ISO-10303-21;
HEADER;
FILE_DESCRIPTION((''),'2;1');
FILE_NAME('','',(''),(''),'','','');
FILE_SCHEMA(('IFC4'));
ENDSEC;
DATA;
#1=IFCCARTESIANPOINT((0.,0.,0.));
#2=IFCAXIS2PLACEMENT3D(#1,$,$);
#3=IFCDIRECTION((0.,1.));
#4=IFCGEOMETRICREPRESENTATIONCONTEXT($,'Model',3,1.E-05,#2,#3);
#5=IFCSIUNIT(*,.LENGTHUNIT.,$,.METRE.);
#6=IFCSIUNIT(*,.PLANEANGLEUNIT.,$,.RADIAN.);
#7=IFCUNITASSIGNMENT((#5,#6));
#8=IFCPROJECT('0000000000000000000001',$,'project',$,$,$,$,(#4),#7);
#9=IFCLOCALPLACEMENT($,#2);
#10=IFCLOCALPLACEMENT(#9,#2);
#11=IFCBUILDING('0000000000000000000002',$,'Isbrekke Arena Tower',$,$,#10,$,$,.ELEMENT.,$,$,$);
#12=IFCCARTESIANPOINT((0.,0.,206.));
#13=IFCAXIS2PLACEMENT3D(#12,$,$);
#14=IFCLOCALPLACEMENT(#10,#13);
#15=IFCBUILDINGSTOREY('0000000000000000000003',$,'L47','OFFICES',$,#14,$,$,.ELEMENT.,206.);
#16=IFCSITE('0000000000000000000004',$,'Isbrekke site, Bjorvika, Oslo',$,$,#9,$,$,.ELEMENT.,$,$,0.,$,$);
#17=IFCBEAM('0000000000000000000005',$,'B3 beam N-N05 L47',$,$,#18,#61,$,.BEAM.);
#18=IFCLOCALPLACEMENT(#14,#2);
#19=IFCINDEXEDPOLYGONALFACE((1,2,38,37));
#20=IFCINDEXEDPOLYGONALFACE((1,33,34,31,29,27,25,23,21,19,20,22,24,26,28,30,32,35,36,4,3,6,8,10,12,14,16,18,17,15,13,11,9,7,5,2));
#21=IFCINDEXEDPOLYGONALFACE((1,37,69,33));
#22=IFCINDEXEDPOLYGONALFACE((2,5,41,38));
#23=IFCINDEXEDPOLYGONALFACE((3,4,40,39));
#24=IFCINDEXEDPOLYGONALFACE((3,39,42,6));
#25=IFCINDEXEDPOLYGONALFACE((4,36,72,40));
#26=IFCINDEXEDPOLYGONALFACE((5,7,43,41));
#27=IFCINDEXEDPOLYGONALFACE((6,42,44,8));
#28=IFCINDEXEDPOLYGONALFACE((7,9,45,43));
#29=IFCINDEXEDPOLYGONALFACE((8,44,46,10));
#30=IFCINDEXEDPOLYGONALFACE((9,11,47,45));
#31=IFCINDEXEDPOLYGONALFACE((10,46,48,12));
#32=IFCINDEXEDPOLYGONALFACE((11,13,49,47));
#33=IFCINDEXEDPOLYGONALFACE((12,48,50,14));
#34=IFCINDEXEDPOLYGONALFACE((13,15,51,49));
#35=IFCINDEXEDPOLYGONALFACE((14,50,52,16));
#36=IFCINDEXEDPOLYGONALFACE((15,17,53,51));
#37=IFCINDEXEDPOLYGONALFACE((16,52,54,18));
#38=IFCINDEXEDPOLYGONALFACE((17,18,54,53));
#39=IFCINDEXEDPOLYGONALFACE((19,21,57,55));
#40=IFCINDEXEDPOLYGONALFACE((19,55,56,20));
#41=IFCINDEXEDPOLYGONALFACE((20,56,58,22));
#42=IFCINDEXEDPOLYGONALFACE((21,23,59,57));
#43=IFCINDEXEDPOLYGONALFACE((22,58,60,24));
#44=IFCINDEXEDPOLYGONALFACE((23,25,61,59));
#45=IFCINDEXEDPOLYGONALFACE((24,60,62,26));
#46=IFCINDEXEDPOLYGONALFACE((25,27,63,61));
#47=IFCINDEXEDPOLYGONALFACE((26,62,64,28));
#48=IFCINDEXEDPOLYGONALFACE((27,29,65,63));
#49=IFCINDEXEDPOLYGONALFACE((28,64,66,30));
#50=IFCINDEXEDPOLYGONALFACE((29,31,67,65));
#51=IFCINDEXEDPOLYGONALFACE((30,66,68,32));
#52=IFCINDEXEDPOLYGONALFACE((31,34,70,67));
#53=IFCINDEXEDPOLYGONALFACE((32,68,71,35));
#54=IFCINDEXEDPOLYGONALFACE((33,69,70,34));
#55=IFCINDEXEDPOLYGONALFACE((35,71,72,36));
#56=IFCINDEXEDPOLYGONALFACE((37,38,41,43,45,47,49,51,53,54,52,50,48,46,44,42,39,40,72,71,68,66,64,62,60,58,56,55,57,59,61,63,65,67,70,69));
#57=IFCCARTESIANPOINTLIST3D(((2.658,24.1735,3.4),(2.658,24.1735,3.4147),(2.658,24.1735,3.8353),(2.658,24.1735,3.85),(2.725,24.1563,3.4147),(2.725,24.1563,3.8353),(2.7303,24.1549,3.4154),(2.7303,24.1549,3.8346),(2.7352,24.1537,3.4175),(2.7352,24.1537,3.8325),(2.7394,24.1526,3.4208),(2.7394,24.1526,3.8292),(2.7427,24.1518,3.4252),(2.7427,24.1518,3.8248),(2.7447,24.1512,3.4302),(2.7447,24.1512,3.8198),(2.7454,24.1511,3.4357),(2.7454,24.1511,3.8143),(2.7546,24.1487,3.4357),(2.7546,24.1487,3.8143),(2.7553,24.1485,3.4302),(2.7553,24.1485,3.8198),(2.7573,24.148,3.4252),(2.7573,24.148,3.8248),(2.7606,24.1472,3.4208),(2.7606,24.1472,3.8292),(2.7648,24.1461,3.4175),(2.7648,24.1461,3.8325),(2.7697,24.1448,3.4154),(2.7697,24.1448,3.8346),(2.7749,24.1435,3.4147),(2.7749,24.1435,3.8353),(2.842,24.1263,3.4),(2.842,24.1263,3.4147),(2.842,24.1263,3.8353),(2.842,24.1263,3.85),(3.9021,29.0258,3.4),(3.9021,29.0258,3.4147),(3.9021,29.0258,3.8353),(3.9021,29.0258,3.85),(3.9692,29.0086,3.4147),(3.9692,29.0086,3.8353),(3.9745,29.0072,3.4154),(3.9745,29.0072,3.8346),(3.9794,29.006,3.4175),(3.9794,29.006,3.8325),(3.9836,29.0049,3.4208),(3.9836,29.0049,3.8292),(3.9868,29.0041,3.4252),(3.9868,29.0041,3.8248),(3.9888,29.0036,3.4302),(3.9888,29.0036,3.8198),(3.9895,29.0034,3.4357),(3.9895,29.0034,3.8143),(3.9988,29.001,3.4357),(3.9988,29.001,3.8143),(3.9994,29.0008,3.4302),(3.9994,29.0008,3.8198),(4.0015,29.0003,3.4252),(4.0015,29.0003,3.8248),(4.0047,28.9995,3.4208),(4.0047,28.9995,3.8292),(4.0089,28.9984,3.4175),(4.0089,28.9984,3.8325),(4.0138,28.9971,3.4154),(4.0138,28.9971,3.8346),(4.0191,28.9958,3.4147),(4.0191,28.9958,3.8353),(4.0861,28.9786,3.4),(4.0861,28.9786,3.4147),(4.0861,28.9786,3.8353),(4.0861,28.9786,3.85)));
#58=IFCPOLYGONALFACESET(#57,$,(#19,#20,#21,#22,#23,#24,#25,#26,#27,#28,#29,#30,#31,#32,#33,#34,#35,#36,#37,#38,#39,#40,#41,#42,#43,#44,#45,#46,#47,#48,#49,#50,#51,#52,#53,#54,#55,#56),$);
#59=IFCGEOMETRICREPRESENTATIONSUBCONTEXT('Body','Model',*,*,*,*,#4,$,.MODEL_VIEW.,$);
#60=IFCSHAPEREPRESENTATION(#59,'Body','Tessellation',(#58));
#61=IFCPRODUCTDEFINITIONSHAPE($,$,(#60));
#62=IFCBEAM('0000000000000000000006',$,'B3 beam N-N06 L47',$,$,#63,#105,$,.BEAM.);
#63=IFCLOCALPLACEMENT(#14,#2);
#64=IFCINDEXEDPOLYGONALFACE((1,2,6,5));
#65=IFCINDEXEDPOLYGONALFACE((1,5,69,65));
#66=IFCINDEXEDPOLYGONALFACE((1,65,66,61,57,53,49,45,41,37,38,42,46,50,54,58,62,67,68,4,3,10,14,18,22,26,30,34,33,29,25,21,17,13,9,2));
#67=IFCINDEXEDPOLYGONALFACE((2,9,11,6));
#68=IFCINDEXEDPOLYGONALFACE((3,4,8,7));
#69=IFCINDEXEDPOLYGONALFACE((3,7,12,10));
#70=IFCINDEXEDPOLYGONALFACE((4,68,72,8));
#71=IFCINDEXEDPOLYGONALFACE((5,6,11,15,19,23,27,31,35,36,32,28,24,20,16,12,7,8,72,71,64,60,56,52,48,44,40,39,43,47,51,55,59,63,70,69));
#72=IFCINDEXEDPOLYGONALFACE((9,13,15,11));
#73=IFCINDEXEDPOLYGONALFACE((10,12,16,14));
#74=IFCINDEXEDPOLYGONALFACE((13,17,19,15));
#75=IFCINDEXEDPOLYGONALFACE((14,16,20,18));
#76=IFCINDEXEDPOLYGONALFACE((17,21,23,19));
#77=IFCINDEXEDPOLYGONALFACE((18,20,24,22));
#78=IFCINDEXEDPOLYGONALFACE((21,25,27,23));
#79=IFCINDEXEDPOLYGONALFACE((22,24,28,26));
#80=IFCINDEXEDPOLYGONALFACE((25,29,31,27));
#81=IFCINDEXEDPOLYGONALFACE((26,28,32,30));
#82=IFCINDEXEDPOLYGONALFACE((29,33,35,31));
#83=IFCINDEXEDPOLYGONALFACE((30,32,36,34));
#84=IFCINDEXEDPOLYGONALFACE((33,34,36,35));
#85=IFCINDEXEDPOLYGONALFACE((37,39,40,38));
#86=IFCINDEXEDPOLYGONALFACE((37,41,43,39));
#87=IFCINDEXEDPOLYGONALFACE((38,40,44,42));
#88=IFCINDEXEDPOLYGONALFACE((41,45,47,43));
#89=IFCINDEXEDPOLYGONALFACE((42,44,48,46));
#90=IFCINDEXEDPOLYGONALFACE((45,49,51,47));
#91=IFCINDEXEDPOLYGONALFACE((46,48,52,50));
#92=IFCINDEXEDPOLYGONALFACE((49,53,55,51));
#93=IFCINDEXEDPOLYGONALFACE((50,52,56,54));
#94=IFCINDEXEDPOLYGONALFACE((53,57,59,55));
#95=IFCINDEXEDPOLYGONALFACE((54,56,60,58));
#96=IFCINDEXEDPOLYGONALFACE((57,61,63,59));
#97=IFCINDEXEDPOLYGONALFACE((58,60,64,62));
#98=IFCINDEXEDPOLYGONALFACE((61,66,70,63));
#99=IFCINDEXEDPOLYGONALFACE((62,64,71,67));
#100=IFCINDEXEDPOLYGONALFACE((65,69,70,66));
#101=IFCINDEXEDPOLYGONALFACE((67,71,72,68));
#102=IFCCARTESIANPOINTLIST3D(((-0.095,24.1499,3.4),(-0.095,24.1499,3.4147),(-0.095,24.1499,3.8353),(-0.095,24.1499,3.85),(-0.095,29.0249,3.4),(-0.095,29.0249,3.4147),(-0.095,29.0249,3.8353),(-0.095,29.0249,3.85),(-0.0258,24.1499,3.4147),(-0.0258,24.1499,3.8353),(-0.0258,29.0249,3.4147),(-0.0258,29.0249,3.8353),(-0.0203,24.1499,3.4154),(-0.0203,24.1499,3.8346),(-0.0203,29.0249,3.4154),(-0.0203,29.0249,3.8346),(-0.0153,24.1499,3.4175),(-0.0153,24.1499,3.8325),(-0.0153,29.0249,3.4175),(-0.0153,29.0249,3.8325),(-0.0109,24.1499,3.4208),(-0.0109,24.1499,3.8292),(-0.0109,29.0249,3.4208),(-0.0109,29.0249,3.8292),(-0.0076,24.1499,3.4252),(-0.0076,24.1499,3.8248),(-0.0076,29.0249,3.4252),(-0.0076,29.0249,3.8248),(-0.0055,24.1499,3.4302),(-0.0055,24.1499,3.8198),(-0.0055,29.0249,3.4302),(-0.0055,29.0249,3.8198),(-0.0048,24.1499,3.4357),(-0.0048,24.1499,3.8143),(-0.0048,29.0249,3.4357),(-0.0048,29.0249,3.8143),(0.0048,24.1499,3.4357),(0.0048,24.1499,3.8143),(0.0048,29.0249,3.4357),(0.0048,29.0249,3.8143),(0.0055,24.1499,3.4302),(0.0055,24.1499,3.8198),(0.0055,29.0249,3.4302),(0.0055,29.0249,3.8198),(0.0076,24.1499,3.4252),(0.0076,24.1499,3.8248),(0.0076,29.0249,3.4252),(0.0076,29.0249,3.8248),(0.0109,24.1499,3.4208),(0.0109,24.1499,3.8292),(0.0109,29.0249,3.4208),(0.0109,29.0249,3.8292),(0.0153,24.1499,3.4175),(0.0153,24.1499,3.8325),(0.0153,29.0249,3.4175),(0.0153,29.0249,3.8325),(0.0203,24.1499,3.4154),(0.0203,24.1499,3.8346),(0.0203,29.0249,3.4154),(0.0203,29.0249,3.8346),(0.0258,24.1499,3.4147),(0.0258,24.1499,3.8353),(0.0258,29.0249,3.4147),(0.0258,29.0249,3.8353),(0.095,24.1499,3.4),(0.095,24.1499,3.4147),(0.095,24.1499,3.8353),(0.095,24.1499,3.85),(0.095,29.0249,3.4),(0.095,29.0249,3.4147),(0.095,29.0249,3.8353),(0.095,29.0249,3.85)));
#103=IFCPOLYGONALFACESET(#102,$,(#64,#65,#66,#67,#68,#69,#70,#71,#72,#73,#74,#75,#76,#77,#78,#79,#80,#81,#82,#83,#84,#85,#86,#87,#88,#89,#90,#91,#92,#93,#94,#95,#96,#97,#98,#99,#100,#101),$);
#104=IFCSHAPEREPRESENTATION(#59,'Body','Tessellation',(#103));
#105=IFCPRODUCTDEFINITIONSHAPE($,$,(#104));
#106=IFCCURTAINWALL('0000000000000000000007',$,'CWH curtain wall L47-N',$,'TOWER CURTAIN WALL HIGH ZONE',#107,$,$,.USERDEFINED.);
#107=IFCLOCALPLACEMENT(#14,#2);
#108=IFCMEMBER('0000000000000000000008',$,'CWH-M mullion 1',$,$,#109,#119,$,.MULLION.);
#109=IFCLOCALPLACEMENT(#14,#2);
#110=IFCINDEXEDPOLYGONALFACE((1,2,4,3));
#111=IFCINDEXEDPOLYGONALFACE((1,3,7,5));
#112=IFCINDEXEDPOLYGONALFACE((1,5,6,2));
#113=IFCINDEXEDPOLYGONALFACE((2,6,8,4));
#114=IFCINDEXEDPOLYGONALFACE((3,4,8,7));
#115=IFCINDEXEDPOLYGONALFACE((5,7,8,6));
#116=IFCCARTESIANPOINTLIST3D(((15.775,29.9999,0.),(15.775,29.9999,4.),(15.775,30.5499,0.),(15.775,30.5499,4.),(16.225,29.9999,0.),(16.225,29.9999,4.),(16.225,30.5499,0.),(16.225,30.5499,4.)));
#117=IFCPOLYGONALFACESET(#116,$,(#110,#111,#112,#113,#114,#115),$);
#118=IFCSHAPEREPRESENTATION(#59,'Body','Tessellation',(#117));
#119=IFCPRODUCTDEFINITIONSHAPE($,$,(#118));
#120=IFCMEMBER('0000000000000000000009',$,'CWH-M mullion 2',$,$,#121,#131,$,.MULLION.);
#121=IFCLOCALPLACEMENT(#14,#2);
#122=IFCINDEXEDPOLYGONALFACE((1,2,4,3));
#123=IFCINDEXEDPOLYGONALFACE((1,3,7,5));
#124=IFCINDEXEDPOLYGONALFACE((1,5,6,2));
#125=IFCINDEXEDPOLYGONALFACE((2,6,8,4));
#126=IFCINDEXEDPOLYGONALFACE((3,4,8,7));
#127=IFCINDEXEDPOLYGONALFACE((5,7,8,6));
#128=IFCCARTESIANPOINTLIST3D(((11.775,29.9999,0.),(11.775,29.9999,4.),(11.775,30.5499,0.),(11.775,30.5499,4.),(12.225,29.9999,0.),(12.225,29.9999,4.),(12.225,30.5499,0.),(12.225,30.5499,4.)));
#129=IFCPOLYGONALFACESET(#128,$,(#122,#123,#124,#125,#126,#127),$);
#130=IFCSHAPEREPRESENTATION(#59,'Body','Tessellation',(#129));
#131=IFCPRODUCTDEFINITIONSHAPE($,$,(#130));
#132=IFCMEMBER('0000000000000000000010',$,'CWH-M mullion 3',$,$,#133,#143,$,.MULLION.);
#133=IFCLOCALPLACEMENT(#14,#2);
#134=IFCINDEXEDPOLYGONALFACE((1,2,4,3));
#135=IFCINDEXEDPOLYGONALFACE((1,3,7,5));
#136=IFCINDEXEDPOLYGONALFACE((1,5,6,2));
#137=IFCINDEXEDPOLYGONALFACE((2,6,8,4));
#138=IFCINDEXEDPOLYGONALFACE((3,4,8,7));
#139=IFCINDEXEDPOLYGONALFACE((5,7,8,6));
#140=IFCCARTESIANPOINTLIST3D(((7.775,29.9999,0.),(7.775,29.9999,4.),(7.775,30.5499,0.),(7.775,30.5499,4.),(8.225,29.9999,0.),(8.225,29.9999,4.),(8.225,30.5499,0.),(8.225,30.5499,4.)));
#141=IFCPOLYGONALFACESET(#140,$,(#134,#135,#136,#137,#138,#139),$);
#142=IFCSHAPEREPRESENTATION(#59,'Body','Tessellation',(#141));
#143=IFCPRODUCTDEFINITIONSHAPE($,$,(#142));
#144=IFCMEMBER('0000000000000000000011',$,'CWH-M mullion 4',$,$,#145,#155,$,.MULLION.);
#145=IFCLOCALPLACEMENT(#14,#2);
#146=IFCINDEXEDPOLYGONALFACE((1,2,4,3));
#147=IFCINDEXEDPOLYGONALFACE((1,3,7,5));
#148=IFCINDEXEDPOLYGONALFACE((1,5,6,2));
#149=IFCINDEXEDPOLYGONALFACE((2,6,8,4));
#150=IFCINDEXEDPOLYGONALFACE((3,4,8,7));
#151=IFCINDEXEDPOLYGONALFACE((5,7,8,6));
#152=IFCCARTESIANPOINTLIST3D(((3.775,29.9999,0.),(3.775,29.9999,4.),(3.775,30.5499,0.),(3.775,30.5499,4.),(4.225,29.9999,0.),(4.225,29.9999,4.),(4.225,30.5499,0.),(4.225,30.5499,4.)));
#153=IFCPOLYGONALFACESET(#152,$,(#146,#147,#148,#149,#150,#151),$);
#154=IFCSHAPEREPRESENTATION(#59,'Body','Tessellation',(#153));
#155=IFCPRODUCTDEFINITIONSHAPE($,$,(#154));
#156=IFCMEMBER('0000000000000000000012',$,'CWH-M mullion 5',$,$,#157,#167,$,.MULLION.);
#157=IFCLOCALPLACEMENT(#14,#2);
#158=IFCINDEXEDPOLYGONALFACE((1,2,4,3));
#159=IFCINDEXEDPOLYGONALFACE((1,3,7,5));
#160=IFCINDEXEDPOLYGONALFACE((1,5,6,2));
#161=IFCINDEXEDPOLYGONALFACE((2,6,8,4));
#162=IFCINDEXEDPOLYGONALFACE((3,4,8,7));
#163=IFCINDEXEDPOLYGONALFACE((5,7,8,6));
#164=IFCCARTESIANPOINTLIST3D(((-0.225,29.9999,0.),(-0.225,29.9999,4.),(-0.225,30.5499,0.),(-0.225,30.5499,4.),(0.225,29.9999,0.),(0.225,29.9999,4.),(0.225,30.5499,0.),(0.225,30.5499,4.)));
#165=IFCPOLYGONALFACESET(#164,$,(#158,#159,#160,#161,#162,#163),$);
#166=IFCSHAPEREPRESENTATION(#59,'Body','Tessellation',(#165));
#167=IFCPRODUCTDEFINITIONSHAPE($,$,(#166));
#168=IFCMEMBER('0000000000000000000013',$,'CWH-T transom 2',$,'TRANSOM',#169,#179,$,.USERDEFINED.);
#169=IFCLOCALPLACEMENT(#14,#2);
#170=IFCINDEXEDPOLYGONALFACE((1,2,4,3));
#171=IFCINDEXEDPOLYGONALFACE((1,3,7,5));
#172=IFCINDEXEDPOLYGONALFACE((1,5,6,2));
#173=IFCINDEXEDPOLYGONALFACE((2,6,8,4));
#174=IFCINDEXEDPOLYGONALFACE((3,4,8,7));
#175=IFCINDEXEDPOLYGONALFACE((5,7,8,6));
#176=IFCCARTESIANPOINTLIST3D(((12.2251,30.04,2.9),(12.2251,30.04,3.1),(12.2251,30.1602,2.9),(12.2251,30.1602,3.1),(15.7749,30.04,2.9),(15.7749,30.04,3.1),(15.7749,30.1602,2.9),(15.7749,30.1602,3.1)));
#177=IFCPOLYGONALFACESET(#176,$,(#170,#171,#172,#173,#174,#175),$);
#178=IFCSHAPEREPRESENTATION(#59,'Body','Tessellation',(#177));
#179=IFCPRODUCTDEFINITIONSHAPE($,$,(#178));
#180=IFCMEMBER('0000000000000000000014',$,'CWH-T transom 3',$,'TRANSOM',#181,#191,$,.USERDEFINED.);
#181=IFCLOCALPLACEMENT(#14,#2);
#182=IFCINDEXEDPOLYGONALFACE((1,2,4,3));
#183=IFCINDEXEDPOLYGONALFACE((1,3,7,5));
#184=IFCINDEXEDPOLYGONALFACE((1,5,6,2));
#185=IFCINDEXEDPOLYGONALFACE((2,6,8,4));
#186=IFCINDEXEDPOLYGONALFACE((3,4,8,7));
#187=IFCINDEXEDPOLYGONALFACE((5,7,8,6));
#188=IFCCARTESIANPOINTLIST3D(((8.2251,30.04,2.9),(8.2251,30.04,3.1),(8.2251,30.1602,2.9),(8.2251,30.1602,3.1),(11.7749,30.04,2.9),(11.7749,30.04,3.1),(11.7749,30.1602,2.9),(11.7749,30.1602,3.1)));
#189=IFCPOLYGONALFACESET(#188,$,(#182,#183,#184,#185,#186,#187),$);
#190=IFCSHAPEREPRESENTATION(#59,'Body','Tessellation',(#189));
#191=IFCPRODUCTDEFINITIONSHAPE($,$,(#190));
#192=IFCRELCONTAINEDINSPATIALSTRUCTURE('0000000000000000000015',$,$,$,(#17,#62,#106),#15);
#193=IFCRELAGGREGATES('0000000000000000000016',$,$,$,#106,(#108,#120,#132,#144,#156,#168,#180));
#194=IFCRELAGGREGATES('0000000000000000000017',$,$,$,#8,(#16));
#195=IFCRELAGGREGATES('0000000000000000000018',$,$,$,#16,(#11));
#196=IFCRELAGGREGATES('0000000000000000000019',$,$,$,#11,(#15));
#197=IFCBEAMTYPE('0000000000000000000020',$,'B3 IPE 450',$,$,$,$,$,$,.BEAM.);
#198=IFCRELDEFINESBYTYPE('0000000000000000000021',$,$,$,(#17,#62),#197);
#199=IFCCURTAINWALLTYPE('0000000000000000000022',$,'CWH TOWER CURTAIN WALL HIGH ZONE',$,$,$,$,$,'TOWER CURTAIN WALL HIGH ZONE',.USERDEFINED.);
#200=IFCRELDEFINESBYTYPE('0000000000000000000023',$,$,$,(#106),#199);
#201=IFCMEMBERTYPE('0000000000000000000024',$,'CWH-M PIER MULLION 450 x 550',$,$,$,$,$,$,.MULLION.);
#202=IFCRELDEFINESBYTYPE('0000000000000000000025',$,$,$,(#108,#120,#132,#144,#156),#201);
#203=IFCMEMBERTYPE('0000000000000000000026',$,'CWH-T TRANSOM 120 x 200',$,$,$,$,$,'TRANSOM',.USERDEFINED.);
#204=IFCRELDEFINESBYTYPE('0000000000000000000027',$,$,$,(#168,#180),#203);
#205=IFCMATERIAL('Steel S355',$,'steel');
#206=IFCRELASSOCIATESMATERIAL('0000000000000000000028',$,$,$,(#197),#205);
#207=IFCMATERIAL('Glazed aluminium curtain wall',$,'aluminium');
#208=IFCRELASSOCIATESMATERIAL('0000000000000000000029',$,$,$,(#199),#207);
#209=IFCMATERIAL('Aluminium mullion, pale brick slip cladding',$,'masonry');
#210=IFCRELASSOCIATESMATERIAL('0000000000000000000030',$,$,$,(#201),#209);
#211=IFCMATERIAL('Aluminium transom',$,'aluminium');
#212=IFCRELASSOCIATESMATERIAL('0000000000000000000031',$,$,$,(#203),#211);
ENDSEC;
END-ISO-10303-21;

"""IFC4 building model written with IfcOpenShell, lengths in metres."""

from ifc_helpers import new_model, si_unit, direction, frame, origin, origin_2d, place, context, subcontext, project, spatial, rectangle, i_section, extrude, material, material_profile, profile_set, type_object, element, aggregate, save


model = new_model("IFC4")

# Units and contexts
model_context = context("Model", 3, precision=1e-05, world=origin(), true_north=direction((0.0, 1.0)))
body_context = subcontext(model_context, "Body", "Model", "MODEL_VIEW")
ifc_project = project(units=[si_unit("LENGTHUNIT", "METRE"), si_unit("PLANEANGLEUNIT", "RADIAN")], contexts=[model_context])

# Site, building, storey
site_placement = place(None, origin())
site = spatial("IfcSite", under=ifc_project, at=site_placement, Name="Isbrekke site, Bjorvika, Oslo", CompositionType="ELEMENT", RefElevation=0.0)
building_placement = place(site_placement, origin())
building = spatial("IfcBuilding", under=site, at=building_placement, Name="Isbrekke Arena Tower", CompositionType="ELEMENT")
storey_placement = place(building_placement, frame((0.0, 0.0, 206.0)))
storey = spatial("IfcBuildingStorey", under=building, at=storey_placement, Name="L47", Description="OFFICES", CompositionType="ELEMENT", Elevation=206.0)

# Beams
ifc_material_1 = material(Name="Steel S355", Category="steel")
ifc_material_profile_1 = material_profile(ifc_material_1, i_section(OverallWidth=0.1899, OverallDepth=0.45, WebThickness=0.0095, FlangeThickness=0.0146, FilletRadius=0.021, at=origin_2d()), Name="IPE 450")
ifc_profile_set_1 = profile_set([ifc_material_profile_1], Name="Steel S355")
beam_type_1 = type_object("IfcBeamType", Name="B3 IPE 450", PredefinedType="BEAM", material=ifc_profile_set_1)
beam_1_placement = place(storey_placement, frame((3.9941, 29.0022, 3.625), z_axis=(-0.248368, -0.968666, 0.0), x_axis=(0.968666, -0.248368, 0.0)))
element("IfcBeam", 1, at=beam_1_placement, inside=storey, type_object=beam_type_1, Name="B3 beam N-N05 L47", PredefinedType="BEAM", context=body_context, shape_type="SweptSolid", body=[
    extrude(i_section(OverallWidth=0.1899, OverallDepth=0.45, WebThickness=0.0095, FlangeThickness=0.0146, FilletRadius=0.021, at=origin_2d()), origin(), (0.0, 0.0, 1.0), 5.0093),
])
beam_2_placement = place(storey_placement, frame((0.0, 29.0249, 3.625), z_axis=(0.0, -1.0, 0.0), x_axis=(1.0, 0.0, 0.0)))
element("IfcBeam", 2, at=beam_2_placement, inside=storey, type_object=beam_type_1, Name="B3 beam N-N06 L47", PredefinedType="BEAM", context=body_context, shape_type="SweptSolid", body=[
    extrude(i_section(OverallWidth=0.1899, OverallDepth=0.45, WebThickness=0.0095, FlangeThickness=0.0146, FilletRadius=0.021, at=origin_2d()), origin(), (0.0, 0.0, 1.0), 4.875),
])

# Curtain wall, members
ifc_material_2 = material(Name="Glazed aluminium curtain wall", Category="aluminium")
curtain_wall_type = type_object("IfcCurtainWallType", Name="CWH TOWER CURTAIN WALL HIGH ZONE", ElementType="TOWER CURTAIN WALL HIGH ZONE", PredefinedType="USERDEFINED", material=ifc_material_2)
curtain_wall_placement = place(storey_placement, origin())
curtain_wall = element("IfcCurtainWall", 3, at=curtain_wall_placement, inside=storey, type_object=curtain_wall_type, Name="CWH curtain wall L47-N", ObjectType="TOWER CURTAIN WALL HIGH ZONE", PredefinedType="USERDEFINED")
ifc_material_3 = material(Name="Aluminium mullion, pale brick slip cladding", Category="masonry")
ifc_material_profile_2 = material_profile(ifc_material_3, rectangle(XDim=0.45, YDim=0.55, at=origin_2d()), Name="PIER 450X550")
ifc_profile_set_2 = profile_set([ifc_material_profile_2], Name="Aluminium mullion, pale brick slip cladding")
member_type_1 = type_object("IfcMemberType", Name="CWH-M PIER MULLION 450 x 550", PredefinedType="MULLION", material=ifc_profile_set_2)
member_1_placement = place(storey_placement, frame((16.0, 30.2749, 0.0), z_axis=(0.0, 0.0, 1.0), x_axis=(-1.0, 0.0, 0.0)))
member_1 = element("IfcMember", 4, at=member_1_placement, type_object=member_type_1, Name="CWH-M mullion 1", PredefinedType="MULLION", context=body_context, shape_type="SweptSolid", body=[
    extrude(rectangle(XDim=0.45, YDim=0.55, at=origin_2d()), origin(), (0.0, 0.0, 1.0), 4.0),
])
member_2_placement = place(storey_placement, frame((12.0, 30.2749, 0.0), z_axis=(0.0, 0.0, 1.0), x_axis=(-1.0, 0.0, 0.0)))
member_2 = element("IfcMember", 5, at=member_2_placement, type_object=member_type_1, Name="CWH-M mullion 2", PredefinedType="MULLION", context=body_context, shape_type="SweptSolid", body=[
    extrude(rectangle(XDim=0.45, YDim=0.55, at=origin_2d()), origin(), (0.0, 0.0, 1.0), 4.0),
])
member_3_placement = place(storey_placement, frame((8.0, 30.2749, 0.0), z_axis=(0.0, 0.0, 1.0), x_axis=(-1.0, 0.0, 0.0)))
member_3 = element("IfcMember", 6, at=member_3_placement, type_object=member_type_1, Name="CWH-M mullion 3", PredefinedType="MULLION", context=body_context, shape_type="SweptSolid", body=[
    extrude(rectangle(XDim=0.45, YDim=0.55, at=origin_2d()), origin(), (0.0, 0.0, 1.0), 4.0),
])
member_4_placement = place(storey_placement, frame((4.0, 30.2749, 0.0), z_axis=(0.0, 0.0, 1.0), x_axis=(-1.0, 0.0, 0.0)))
member_4 = element("IfcMember", 7, at=member_4_placement, type_object=member_type_1, Name="CWH-M mullion 4", PredefinedType="MULLION", context=body_context, shape_type="SweptSolid", body=[
    extrude(rectangle(XDim=0.45, YDim=0.55, at=origin_2d()), origin(), (0.0, 0.0, 1.0), 4.0),
])
member_5_placement = place(storey_placement, frame((0.0, 30.2749, 0.0), z_axis=(0.0, 0.0, 1.0), x_axis=(-1.0, 0.0, 0.0)))
member_5 = element("IfcMember", 8, at=member_5_placement, type_object=member_type_1, Name="CWH-M mullion 5", PredefinedType="MULLION", context=body_context, shape_type="SweptSolid", body=[
    extrude(rectangle(XDim=0.45, YDim=0.55, at=origin_2d()), origin(), (0.0, 0.0, 1.0), 4.0),
])
ifc_material_4 = material(Name="Aluminium transom", Category="aluminium")
ifc_material_profile_3 = material_profile(ifc_material_4, rectangle(XDim=0.1201, YDim=0.2, at=origin_2d()), Name="TRANSOM 120X200")
ifc_profile_set_3 = profile_set([ifc_material_profile_3], Name="Aluminium transom")
member_type_2 = type_object("IfcMemberType", Name="CWH-T TRANSOM 120 x 200", ElementType="TRANSOM", PredefinedType="USERDEFINED", material=ifc_profile_set_3)
member_6_placement = place(storey_placement, frame((15.7749, 30.1001, 3.0), z_axis=(-1.0, 0.0, 0.0), x_axis=(0.0, -1.0, 0.0)))
member_6 = element("IfcMember", 9, at=member_6_placement, type_object=member_type_2, Name="CWH-T transom 2", ObjectType="TRANSOM", PredefinedType="USERDEFINED", context=body_context, shape_type="SweptSolid", body=[
    extrude(rectangle(XDim=0.1201, YDim=0.2, at=origin_2d()), origin(), (0.0, 0.0, 1.0), 3.5498),
])
member_7_placement = place(storey_placement, frame((11.7749, 30.1001, 3.0), z_axis=(-1.0, 0.0, 0.0), x_axis=(0.0, -1.0, 0.0)))
member_7 = element("IfcMember", 10, at=member_7_placement, type_object=member_type_2, Name="CWH-T transom 3", ObjectType="TRANSOM", PredefinedType="USERDEFINED", context=body_context, shape_type="SweptSolid", body=[
    extrude(rectangle(XDim=0.1201, YDim=0.2, at=origin_2d()), origin(), (0.0, 0.0, 1.0), 3.5498),
])

aggregate(curtain_wall, [member_1, member_2, member_3, member_4, member_5, member_6, member_7])

save(model, "model.ifc")
